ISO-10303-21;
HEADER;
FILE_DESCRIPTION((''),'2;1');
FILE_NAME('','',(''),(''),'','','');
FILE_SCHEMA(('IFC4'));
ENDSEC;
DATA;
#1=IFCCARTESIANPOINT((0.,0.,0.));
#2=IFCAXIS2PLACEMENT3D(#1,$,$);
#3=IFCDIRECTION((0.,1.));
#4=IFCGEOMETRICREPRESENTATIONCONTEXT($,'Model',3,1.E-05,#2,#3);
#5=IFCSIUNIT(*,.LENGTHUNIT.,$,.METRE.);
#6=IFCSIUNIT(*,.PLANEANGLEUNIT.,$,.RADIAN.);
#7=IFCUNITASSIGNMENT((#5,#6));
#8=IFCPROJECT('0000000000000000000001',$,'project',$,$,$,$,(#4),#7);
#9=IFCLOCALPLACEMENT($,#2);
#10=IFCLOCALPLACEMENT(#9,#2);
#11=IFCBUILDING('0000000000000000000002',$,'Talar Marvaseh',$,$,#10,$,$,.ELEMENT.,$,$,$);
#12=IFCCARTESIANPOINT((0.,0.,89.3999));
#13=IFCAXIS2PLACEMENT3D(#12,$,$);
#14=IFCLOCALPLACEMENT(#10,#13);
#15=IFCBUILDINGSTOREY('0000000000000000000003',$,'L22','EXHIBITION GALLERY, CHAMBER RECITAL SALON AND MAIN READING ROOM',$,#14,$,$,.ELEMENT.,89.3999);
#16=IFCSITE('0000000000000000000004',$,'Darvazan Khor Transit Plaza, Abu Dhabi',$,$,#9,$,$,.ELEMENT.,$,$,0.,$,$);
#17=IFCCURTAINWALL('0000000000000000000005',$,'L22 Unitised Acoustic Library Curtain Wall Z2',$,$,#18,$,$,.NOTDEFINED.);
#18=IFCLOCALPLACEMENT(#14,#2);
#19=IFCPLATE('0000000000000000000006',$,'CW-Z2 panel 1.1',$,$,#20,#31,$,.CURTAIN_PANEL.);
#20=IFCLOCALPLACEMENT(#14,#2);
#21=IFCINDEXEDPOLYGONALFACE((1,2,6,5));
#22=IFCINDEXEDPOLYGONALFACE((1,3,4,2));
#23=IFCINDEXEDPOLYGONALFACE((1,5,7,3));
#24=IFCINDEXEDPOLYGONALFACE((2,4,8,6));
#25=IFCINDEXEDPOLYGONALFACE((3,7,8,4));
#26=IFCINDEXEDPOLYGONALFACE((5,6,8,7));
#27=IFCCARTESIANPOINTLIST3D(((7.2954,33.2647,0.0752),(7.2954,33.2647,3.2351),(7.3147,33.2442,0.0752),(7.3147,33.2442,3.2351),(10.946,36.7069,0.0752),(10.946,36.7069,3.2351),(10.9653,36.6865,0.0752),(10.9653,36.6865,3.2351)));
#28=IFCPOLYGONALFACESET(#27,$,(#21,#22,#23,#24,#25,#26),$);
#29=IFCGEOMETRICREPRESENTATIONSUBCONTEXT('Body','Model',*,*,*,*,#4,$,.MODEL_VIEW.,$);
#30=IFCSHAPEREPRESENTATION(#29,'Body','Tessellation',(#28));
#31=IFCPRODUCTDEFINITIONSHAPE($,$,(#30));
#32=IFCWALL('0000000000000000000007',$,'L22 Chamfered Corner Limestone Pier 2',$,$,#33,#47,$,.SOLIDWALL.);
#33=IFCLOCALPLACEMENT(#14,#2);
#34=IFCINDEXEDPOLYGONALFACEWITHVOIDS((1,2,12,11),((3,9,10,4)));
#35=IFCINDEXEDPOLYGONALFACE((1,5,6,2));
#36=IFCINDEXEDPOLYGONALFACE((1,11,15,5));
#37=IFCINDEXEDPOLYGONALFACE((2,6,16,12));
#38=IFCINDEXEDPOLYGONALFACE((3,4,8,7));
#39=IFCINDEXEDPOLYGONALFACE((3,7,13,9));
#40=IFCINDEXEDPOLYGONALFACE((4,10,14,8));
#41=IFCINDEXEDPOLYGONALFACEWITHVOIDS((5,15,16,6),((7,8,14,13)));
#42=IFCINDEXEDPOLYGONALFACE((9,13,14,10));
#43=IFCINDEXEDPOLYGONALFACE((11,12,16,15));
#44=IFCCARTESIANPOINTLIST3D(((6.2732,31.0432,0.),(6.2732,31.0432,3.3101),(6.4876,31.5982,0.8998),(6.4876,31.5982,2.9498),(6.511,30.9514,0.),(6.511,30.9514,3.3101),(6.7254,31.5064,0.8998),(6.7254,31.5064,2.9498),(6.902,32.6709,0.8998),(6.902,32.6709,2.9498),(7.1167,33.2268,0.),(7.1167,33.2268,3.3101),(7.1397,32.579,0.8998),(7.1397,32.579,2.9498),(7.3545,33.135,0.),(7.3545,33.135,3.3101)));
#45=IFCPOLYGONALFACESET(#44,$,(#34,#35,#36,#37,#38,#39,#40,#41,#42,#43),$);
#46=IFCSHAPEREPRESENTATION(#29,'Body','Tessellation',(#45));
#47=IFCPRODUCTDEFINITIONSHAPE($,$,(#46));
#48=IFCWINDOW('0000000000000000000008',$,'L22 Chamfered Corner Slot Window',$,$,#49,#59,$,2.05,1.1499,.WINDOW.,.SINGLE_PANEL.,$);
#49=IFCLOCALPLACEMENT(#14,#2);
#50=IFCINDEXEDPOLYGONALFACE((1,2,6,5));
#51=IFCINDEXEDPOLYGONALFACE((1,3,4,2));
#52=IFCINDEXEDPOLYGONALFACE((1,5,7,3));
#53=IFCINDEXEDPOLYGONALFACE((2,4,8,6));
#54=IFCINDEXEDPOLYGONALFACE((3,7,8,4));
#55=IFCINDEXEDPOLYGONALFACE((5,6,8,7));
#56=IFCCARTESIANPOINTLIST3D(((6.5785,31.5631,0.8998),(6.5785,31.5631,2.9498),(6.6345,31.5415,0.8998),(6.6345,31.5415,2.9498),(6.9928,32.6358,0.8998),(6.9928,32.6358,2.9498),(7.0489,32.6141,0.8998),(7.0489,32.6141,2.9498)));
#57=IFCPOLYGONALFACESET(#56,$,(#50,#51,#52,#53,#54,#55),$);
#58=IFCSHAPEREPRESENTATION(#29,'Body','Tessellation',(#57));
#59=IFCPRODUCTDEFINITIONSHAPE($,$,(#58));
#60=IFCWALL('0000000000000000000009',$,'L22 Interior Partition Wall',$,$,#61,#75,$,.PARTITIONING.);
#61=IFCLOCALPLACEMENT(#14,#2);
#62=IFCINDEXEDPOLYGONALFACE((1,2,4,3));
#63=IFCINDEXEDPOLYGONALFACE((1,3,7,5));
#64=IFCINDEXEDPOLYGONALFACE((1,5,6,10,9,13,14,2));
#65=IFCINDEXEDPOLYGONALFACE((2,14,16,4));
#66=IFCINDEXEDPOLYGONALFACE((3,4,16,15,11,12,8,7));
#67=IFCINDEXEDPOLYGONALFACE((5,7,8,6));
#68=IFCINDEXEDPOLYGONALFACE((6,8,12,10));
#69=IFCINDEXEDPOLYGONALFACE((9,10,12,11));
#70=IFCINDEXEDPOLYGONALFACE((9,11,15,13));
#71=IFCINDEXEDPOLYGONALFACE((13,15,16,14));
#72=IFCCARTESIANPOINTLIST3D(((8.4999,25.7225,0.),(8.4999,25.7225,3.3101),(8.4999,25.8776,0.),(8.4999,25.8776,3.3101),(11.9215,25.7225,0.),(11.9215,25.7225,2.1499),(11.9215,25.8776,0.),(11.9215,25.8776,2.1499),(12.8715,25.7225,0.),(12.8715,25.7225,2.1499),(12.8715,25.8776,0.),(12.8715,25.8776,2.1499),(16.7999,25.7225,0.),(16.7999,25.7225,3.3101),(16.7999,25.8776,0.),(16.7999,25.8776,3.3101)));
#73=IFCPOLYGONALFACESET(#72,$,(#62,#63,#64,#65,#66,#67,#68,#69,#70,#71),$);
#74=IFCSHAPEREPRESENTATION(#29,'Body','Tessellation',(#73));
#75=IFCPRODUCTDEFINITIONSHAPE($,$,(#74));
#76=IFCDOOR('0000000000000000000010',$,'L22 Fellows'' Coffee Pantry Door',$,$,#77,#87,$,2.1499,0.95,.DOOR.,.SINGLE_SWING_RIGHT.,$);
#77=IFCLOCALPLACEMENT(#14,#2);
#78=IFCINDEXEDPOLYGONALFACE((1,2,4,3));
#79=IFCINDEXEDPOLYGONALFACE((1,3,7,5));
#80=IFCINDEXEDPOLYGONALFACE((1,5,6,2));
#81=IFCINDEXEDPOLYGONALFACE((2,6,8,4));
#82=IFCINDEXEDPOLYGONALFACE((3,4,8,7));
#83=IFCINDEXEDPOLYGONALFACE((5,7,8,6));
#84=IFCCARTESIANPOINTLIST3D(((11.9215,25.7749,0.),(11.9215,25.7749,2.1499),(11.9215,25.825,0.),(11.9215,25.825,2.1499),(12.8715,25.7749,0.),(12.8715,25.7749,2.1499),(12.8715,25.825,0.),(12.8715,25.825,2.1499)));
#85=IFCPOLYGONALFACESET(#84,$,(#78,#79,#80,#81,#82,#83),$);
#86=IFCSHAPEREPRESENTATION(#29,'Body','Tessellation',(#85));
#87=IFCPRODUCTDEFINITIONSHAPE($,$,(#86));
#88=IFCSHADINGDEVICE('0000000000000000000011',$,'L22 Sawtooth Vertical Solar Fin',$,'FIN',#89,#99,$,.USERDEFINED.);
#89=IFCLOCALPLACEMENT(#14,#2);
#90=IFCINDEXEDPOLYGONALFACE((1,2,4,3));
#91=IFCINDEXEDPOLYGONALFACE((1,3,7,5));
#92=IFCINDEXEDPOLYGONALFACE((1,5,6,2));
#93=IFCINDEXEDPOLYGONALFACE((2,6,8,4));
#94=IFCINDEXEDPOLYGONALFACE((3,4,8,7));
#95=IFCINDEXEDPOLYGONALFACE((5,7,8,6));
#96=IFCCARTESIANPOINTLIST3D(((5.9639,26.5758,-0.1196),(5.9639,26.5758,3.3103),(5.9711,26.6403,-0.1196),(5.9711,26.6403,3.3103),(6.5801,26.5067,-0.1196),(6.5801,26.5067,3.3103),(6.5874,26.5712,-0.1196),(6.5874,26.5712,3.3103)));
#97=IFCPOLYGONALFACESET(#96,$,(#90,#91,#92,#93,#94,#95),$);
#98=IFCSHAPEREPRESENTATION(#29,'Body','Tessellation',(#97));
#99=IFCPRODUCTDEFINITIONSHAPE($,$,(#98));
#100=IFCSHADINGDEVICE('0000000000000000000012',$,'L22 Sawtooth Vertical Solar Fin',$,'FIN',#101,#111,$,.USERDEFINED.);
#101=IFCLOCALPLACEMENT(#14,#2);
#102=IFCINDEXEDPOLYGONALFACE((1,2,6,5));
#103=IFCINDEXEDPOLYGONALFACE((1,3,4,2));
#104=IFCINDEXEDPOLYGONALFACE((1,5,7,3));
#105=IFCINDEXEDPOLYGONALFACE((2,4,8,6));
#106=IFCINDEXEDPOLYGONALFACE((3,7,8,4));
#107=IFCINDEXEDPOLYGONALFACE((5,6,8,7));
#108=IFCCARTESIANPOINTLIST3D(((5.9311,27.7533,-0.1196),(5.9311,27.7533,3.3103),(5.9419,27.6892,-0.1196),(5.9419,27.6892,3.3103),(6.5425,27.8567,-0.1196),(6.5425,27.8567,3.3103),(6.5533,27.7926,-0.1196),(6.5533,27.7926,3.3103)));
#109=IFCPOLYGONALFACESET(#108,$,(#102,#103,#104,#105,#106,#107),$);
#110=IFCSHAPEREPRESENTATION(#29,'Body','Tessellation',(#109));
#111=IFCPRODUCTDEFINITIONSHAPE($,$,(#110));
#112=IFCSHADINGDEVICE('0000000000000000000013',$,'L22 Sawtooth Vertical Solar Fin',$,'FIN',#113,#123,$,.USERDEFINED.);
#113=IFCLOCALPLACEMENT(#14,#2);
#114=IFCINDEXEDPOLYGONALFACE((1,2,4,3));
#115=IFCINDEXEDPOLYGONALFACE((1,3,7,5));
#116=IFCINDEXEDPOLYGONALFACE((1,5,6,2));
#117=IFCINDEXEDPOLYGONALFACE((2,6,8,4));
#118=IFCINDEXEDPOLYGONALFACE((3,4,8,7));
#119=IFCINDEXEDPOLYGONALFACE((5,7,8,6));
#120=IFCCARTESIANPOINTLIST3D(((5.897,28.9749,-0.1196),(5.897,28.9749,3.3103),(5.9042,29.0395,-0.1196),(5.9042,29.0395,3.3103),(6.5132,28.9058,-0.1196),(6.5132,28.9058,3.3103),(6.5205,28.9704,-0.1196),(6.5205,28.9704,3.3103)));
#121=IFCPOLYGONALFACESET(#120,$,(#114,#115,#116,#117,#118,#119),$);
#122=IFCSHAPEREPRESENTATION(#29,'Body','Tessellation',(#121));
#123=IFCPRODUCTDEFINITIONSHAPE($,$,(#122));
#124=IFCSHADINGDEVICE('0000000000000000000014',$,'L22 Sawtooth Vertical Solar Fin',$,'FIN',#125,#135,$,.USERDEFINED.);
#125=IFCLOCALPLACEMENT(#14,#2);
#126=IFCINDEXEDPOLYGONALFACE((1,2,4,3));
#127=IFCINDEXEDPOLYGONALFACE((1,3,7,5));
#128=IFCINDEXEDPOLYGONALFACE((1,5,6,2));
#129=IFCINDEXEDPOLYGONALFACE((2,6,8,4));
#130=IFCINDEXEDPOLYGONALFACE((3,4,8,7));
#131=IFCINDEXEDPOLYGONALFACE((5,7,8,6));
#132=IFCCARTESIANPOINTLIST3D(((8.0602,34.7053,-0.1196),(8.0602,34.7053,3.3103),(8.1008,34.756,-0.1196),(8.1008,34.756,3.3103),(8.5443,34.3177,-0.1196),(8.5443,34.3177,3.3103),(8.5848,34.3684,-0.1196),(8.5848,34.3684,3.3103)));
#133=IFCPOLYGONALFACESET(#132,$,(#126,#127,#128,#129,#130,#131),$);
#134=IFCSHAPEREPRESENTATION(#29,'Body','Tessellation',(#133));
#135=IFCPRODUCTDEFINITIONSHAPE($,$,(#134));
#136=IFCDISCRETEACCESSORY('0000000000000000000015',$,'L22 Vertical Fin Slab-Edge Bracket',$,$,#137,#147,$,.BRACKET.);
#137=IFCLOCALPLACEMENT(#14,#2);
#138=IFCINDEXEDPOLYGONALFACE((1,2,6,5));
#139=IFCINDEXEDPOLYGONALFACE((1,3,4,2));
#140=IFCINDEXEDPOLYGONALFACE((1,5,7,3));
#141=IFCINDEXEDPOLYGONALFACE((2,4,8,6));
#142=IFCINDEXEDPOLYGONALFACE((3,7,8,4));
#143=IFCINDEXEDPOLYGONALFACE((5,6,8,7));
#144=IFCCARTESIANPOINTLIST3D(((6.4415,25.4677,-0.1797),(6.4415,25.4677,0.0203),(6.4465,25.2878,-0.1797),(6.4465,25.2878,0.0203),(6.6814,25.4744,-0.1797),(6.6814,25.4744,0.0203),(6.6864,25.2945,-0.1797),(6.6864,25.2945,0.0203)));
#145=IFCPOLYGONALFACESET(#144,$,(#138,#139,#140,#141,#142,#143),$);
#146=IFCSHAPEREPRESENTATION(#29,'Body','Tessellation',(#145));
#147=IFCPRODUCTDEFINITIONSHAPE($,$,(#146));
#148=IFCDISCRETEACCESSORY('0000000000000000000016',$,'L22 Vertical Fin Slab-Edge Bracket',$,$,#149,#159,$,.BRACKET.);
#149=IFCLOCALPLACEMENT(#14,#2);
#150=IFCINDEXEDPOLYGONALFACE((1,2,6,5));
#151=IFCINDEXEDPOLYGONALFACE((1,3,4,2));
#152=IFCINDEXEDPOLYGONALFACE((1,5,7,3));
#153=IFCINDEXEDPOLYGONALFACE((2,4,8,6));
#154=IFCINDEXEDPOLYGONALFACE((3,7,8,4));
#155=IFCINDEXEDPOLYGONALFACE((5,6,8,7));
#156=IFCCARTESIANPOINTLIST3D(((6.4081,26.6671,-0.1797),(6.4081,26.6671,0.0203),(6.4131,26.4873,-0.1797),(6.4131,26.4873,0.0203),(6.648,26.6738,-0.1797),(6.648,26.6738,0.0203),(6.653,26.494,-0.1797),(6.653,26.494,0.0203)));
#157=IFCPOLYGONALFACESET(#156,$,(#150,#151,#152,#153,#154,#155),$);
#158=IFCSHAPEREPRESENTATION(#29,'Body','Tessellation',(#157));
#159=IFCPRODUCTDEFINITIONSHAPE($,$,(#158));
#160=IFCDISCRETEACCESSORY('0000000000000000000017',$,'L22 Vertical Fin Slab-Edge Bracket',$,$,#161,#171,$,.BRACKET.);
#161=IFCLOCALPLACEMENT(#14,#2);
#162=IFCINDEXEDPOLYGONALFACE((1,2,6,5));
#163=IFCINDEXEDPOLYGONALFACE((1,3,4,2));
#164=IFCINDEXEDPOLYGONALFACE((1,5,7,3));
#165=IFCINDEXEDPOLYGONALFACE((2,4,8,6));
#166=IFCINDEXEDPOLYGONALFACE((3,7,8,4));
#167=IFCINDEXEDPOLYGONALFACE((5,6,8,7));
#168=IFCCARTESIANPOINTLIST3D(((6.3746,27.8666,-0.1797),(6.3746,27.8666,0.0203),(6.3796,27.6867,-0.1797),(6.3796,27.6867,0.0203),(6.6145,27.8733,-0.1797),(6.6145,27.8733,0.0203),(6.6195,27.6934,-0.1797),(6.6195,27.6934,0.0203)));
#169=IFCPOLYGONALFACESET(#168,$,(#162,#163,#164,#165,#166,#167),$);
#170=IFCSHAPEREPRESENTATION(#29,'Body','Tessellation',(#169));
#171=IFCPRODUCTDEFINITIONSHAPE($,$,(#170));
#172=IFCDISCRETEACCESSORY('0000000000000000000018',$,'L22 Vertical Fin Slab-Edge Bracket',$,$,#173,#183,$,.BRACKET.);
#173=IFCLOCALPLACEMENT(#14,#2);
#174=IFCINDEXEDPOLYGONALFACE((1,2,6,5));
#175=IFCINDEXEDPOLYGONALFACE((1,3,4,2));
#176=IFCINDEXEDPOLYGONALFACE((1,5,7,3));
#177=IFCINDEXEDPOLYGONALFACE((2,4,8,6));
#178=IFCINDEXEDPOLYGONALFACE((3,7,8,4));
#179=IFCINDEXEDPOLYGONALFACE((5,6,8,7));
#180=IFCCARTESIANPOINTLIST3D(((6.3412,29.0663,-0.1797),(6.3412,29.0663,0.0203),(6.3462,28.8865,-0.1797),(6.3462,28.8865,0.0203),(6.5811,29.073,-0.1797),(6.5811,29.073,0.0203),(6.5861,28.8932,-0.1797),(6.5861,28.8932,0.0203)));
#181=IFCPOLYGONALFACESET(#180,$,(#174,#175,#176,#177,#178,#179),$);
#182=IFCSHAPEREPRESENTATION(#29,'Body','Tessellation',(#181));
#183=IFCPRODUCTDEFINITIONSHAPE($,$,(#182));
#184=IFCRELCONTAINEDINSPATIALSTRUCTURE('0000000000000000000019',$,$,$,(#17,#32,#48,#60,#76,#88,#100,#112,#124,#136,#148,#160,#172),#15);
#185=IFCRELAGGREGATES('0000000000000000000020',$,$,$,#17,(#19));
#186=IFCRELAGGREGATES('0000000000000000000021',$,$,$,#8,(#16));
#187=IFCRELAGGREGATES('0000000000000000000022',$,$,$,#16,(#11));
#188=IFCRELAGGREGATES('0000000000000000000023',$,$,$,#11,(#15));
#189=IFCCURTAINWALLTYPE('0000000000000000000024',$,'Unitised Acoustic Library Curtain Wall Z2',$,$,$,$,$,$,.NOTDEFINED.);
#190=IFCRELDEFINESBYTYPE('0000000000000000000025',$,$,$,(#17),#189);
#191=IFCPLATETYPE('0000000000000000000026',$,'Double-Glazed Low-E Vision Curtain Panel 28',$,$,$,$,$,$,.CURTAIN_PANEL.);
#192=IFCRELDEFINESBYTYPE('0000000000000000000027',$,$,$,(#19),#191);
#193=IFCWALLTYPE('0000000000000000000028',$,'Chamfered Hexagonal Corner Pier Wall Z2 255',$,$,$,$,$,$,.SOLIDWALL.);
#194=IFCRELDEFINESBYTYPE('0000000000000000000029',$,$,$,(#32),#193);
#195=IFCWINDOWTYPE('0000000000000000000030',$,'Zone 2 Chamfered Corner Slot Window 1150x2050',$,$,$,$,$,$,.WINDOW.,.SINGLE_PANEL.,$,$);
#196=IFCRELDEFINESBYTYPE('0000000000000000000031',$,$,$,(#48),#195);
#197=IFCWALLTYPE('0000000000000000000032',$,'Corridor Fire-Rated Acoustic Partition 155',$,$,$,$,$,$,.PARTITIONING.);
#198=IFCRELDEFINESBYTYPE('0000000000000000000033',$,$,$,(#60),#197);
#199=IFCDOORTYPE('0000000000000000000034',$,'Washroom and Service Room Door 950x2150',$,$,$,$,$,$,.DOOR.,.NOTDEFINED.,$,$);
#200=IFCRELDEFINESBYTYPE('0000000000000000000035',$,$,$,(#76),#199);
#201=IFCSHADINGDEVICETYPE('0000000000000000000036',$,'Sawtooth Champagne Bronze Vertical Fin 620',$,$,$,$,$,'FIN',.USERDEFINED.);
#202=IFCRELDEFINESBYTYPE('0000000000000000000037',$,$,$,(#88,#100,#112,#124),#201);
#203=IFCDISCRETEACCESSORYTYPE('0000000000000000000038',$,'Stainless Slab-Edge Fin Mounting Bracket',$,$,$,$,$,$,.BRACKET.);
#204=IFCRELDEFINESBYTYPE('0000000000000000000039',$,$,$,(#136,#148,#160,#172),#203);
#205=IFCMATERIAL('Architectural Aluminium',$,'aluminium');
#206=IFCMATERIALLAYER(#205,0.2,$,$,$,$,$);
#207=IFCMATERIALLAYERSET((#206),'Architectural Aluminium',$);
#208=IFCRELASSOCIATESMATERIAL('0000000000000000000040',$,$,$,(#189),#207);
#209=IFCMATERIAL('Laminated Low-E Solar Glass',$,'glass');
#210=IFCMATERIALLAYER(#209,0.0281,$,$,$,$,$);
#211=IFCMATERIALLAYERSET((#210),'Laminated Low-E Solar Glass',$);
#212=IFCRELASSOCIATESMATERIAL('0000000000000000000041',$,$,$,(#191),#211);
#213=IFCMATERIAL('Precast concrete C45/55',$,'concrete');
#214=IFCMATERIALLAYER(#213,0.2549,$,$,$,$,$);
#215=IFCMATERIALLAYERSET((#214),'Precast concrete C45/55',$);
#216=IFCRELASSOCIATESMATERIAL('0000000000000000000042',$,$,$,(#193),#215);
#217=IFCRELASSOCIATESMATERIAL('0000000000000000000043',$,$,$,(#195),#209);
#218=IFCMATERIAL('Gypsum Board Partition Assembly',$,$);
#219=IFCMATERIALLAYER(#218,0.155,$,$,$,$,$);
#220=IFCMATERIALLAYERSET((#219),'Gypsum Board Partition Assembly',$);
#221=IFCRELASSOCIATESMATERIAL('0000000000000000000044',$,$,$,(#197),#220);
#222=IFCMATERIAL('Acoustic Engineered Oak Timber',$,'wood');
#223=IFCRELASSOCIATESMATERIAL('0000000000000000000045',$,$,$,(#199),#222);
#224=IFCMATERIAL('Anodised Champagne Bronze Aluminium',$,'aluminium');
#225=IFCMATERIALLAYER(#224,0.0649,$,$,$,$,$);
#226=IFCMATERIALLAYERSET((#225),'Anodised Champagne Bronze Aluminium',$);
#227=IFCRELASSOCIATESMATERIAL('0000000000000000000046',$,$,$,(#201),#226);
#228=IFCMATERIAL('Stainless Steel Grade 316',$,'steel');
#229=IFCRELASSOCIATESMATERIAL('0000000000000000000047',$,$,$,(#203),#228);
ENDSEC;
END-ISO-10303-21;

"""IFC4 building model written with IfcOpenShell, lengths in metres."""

from ifc_helpers import new_model, si_unit, direction, frame, frame_2d, origin, origin_2d, place, context, subcontext, project, spatial, rectangle, extrude, source, transform, mapped, material, layer, layer_set, type_object, type_shapes, element, fill, aggregate, save


model = new_model("IFC4")

# Units and contexts
model_context = context("Model", 3, precision=1e-05, world=origin(), true_north=direction((0.0, 1.0)))
body_context = subcontext(model_context, "Body", "Model", "MODEL_VIEW")
ifc_project = project(units=[si_unit("LENGTHUNIT", "METRE"), si_unit("PLANEANGLEUNIT", "RADIAN")], contexts=[model_context])

# Site, building, storey
site_placement = place(None, origin())
site = spatial("IfcSite", under=ifc_project, at=site_placement, Name="Darvazan Khor Transit Plaza, Abu Dhabi", CompositionType="ELEMENT", RefElevation=0.0)
building_placement = place(site_placement, origin())
building = spatial("IfcBuilding", under=site, at=building_placement, Name="Talar Marvaseh", CompositionType="ELEMENT")
storey_placement = place(building_placement, frame((0.0, 0.0, 89.3999)))
storey = spatial("IfcBuildingStorey", under=building, at=storey_placement, Name="L22", Description="EXHIBITION GALLERY, CHAMBER RECITAL SALON AND MAIN READING ROOM", CompositionType="ELEMENT", Elevation=89.3999)

# Shared definitions
ifc_material_1 = material(Name="Architectural Aluminium", Category="aluminium")
ifc_layer_1 = layer(ifc_material_1, 0.2)
ifc_layer_set_1 = layer_set([ifc_layer_1], Name="Architectural Aluminium")
curtain_wall_type = type_object("IfcCurtainWallType", Name="Unitised Acoustic Library Curtain Wall Z2", PredefinedType="NOTDEFINED", material=ifc_layer_set_1)

# Curtain wall
curtain_wall_1_placement = place(storey_placement, origin())
curtain_wall_1 = element("IfcCurtainWall", 1, at=curtain_wall_1_placement, inside=storey, type_object=curtain_wall_type, Name="L22 Unitised Acoustic Library Curtain Wall Z2", PredefinedType="NOTDEFINED")

# Plate
ifc_material_2 = material(Name="Laminated Low-E Solar Glass", Category="glass")
ifc_layer_2 = layer(ifc_material_2, 0.0281)
ifc_layer_set_2 = layer_set([ifc_layer_2], Name="Laminated Low-E Solar Glass")
plate_type = type_object("IfcPlateType", Name="Double-Glazed Low-E Vision Curtain Panel 28", PredefinedType="CURTAIN_PANEL", material=ifc_layer_set_2)
shared_shape_1 = source(origin(), body_context, "Body", "SweptSolid", [
    extrude(rectangle(XDim=5.0176, YDim=0.0281, at=origin_2d()), origin(), (0.0, 0.0, 1.0), 3.1599),
])
plate_1_placement = place(storey_placement, frame((9.1304, 34.9756, 0.0752), z_axis=(0.0, 0.0, 1.0), x_axis=(0.727559, 0.686045, 0.0)))
plate_1 = element("IfcPlate", 2, at=plate_1_placement, type_object=plate_type, Name="CW-Z2 panel 1.1", PredefinedType="CURTAIN_PANEL", context=body_context, shape_type="MappedRepresentation", body=[
    mapped(shared_shape_1, transform((0.0, 0.0, 0.0), x_axis=(1.0, 0.0, 0.0), y_axis=(0.0, 1.0, 0.0), z_axis=(0.0, 0.0, 1.0), scale=1.0)),
])
aggregate(curtain_wall_1, [plate_1])

# Wall, opening, window
ifc_material_3 = material(Name="Precast concrete C45/55", Category="concrete")
ifc_layer_3 = layer(ifc_material_3, 0.2549)
ifc_layer_set_3 = layer_set([ifc_layer_3], Name="Precast concrete C45/55")
wall_type_1 = type_object("IfcWallType", Name="Chamfered Hexagonal Corner Pier Wall Z2 255", PredefinedType="SOLIDWALL", material=ifc_layer_set_3)
wall_1_placement = place(storey_placement, frame((6.3921, 30.9973, 0.0), z_axis=(0.0, 0.0, 1.0), x_axis=(0.360342, 0.93282, 0.0)))
wall_1 = element("IfcWall", 3, at=wall_1_placement, inside=storey, type_object=wall_type_1, Name="L22 Chamfered Corner Limestone Pier 2", PredefinedType="SOLIDWALL", context=body_context, shape_type="SweptSolid", body=[
    extrude(rectangle(XDim=2.3408, YDim=0.2549, at=frame_2d((1.1704, 0.0))), origin(), (0.0, 0.0, 1.0), 3.3101),
])
opening_1_placement = place(wall_1_placement, frame((0.595, 0.0, 0.8999)))
opening_1 = element("IfcOpeningElement", 4, at=opening_1_placement, cuts=wall_1, PredefinedType="OPENING", context=body_context, shape_type="SweptSolid", body=[
    extrude(rectangle(XDim=1.1499, YDim=2.05, at=frame_2d((0.575, 1.0249))), frame((0.0, 0.1375, 0.0), z_axis=(0.0, -1.0, 0.0), x_axis=(1.0, 0.0, 0.0)), (0.0, 0.0, 1.0), 0.2749),
])
window_type = type_object("IfcWindowType", Name="Zone 2 Chamfered Corner Slot Window 1150x2050", PartitioningType="SINGLE_PANEL", PredefinedType="WINDOW", material=ifc_material_2)
shared_shape_2 = source(origin(), body_context, "Body", "SweptSolid", [
    extrude(rectangle(XDim=1.1499, YDim=2.05, at=frame_2d((0.575, 1.0249))), frame((0.0, 0.03, 0.0), z_axis=(0.0, -1.0, 0.0), x_axis=(1.0, 0.0, 0.0)), (0.0, 0.0, 1.0), 0.0601),
])
type_shapes(window_type, [shared_shape_2])
window_placement = place(opening_1_placement, origin())
window = element("IfcWindow", 5, at=window_placement, inside=storey, type_object=window_type, Name="L22 Chamfered Corner Slot Window", OverallHeight=2.05, OverallWidth=1.1499, PartitioningType="SINGLE_PANEL", PredefinedType="WINDOW", context=body_context, shape_type="MappedRepresentation", body=[
    mapped(shared_shape_2, transform((0.0, 0.0, 0.0), x_axis=(1.0, 0.0, 0.0), y_axis=(0.0, 1.0, 0.0), z_axis=(0.0, 0.0, 1.0), scale=1.0)),
])
fill(opening_1, window)

# Wall, opening, door
ifc_material_4 = material(Name="Gypsum Board Partition Assembly")
ifc_layer_4 = layer(ifc_material_4, 0.155)
ifc_layer_set_4 = layer_set([ifc_layer_4], Name="Gypsum Board Partition Assembly")
wall_type_2 = type_object("IfcWallType", Name="Corridor Fire-Rated Acoustic Partition 155", PredefinedType="PARTITIONING", material=ifc_layer_set_4)
wall_2_placement = place(storey_placement, frame((8.5, 25.8, 0.0), z_axis=(0.0, 0.0, 1.0), x_axis=(1.0, 0.0, 0.0)))
wall_2 = element("IfcWall", 6, at=wall_2_placement, inside=storey, type_object=wall_type_2, Name="L22 Interior Partition Wall", PredefinedType="PARTITIONING", context=body_context, shape_type="SweptSolid", body=[
    extrude(rectangle(XDim=8.3, YDim=0.155, at=frame_2d((4.1499, 0.0))), origin(), (0.0, 0.0, 1.0), 3.3101),
])
opening_2_placement = place(wall_2_placement, frame((3.4214, 0.0, 0.0)))
opening_2 = element("IfcOpeningElement", 7, at=opening_2_placement, cuts=wall_2, PredefinedType="OPENING", context=body_context, shape_type="SweptSolid", body=[
    extrude(rectangle(XDim=0.95, YDim=2.1499, at=frame_2d((0.4751, 1.075))), frame((0.0, 0.0874, 0.0), z_axis=(0.0, -1.0, 0.0), x_axis=(1.0, 0.0, 0.0)), (0.0, 0.0, 1.0), 0.175),
])
ifc_material_5 = material(Name="Acoustic Engineered Oak Timber", Category="wood")
door_type = type_object("IfcDoorType", Name="Washroom and Service Room Door 950x2150", OperationType="NOTDEFINED", PredefinedType="DOOR", material=ifc_material_5)
shared_shape_3 = source(origin(), body_context, "Body", "SweptSolid", [
    extrude(rectangle(XDim=0.95, YDim=2.1499, at=frame_2d((0.4751, 1.075))), frame((0.0, 0.0249, 0.0), z_axis=(0.0, -1.0, 0.0), x_axis=(1.0, 0.0, 0.0)), (0.0, 0.0, 1.0), 0.05),
])
type_shapes(door_type, [shared_shape_3])
door_placement = place(opening_2_placement, origin())
door = element("IfcDoor", 8, at=door_placement, inside=storey, type_object=door_type, Name="L22 Fellows' Coffee Pantry Door", OperationType="SINGLE_SWING_RIGHT", OverallHeight=2.1499, OverallWidth=0.95, PredefinedType="DOOR", context=body_context, shape_type="MappedRepresentation", body=[
    mapped(shared_shape_3, transform((0.0, 0.0, 0.0), x_axis=(1.0, 0.0, 0.0), y_axis=(0.0, 1.0, 0.0), z_axis=(0.0, 0.0, 1.0), scale=1.0)),
])
fill(opening_2, door)

# Shading devices
ifc_material_6 = material(Name="Anodised Champagne Bronze Aluminium", Category="aluminium")
ifc_layer_5 = layer(ifc_material_6, 0.0649)
ifc_layer_set_5 = layer_set([ifc_layer_5], Name="Anodised Champagne Bronze Aluminium")
shading_device_type = type_object("IfcShadingDeviceType", Name="Sawtooth Champagne Bronze Vertical Fin 620", ElementType="FIN", PredefinedType="USERDEFINED", material=ifc_layer_set_5)
shared_shape_4 = source(origin(), body_context, "Body", "SweptSolid", [
    extrude(rectangle(XDim=0.6201, YDim=0.0649, at=origin_2d()), origin(), (0.0, 0.0, 1.0), 3.4299),
])
type_shapes(shading_device_type, [shared_shape_4])
for number, where, z_axis, x_axis, name in (
    (9, (6.2756, 26.5735, -0.1196), (0.0, 0.0, 1.0), (-0.993768, 0.111469, 0.0), "L22 Sawtooth Vertical Solar Fin"),
    (10, (6.2422, 27.7729, -0.1196), (0.0, 0.0, 1.0), (-0.985996, -0.166769, 0.0), "L22 Sawtooth Vertical Solar Fin"),
    (11, (6.2087, 28.9727, -0.1196), (0.0, 0.0, 1.0), (-0.993768, 0.111469, 0.0), "L22 Sawtooth Vertical Solar Fin"),
    (12, (8.3225, 34.5369, -0.1196), (0.0, 0.0, 1.0), (-0.780649, 0.62497, 0.0), "L22 Sawtooth Vertical Solar Fin"),
):
    element("IfcShadingDevice", number, at=place(storey_placement, frame(where, z_axis=z_axis, x_axis=x_axis)), inside=storey, type_object=shading_device_type, Name=name, ObjectType="FIN", PredefinedType="USERDEFINED", context=body_context, shape_type="MappedRepresentation", body=[
        mapped(shared_shape_4, transform((0.0, 0.0, 0.0), x_axis=(1.0, 0.0, 0.0), y_axis=(0.0, 1.0, 0.0), z_axis=(0.0, 0.0, 1.0), scale=1.0)),
    ])

# Discrete accessories
ifc_material_7 = material(Name="Stainless Steel Grade 316", Category="steel")
discrete_accessory_type = type_object("IfcDiscreteAccessoryType", Name="Stainless Slab-Edge Fin Mounting Bracket", PredefinedType="BRACKET", material=ifc_material_7)
shared_shape_5 = source(origin(), body_context, "Body", "SweptSolid", [
    extrude(rectangle(XDim=0.24, YDim=0.1799, at=origin_2d()), origin(), (0.0, 0.0, 1.0), 0.2),
])
type_shapes(discrete_accessory_type, [shared_shape_5])
for number, where, z_axis, x_axis, name in (
    (13, (6.564, 25.3811, -0.1797), (0.0, 0.0, 1.0), (-0.99961, -0.027922, 0.0), "L22 Vertical Fin Slab-Edge Bracket"),
    (14, (6.5305, 26.5806, -0.1797), (0.0, 0.0, 1.0), (-0.99961, -0.027922, 0.0), "L22 Vertical Fin Slab-Edge Bracket"),
    (15, (6.4971, 27.78, -0.1797), (0.0, 0.0, 1.0), (-0.99961, -0.027922, 0.0), "L22 Vertical Fin Slab-Edge Bracket"),
    (16, (6.4636, 28.9797, -0.1797), (0.0, 0.0, 1.0), (-0.99961, -0.027922, 0.0), "L22 Vertical Fin Slab-Edge Bracket"),
):
    element("IfcDiscreteAccessory", number, at=place(storey_placement, frame(where, z_axis=z_axis, x_axis=x_axis)), inside=storey, type_object=discrete_accessory_type, Name=name, PredefinedType="BRACKET", context=body_context, shape_type="MappedRepresentation", body=[
        mapped(shared_shape_5, transform((0.0, 0.0, 0.0), x_axis=(1.0, 0.0, 0.0), y_axis=(0.0, 1.0, 0.0), z_axis=(0.0, 0.0, 1.0), scale=1.0)),
    ])

save(model, "model.ifc")
